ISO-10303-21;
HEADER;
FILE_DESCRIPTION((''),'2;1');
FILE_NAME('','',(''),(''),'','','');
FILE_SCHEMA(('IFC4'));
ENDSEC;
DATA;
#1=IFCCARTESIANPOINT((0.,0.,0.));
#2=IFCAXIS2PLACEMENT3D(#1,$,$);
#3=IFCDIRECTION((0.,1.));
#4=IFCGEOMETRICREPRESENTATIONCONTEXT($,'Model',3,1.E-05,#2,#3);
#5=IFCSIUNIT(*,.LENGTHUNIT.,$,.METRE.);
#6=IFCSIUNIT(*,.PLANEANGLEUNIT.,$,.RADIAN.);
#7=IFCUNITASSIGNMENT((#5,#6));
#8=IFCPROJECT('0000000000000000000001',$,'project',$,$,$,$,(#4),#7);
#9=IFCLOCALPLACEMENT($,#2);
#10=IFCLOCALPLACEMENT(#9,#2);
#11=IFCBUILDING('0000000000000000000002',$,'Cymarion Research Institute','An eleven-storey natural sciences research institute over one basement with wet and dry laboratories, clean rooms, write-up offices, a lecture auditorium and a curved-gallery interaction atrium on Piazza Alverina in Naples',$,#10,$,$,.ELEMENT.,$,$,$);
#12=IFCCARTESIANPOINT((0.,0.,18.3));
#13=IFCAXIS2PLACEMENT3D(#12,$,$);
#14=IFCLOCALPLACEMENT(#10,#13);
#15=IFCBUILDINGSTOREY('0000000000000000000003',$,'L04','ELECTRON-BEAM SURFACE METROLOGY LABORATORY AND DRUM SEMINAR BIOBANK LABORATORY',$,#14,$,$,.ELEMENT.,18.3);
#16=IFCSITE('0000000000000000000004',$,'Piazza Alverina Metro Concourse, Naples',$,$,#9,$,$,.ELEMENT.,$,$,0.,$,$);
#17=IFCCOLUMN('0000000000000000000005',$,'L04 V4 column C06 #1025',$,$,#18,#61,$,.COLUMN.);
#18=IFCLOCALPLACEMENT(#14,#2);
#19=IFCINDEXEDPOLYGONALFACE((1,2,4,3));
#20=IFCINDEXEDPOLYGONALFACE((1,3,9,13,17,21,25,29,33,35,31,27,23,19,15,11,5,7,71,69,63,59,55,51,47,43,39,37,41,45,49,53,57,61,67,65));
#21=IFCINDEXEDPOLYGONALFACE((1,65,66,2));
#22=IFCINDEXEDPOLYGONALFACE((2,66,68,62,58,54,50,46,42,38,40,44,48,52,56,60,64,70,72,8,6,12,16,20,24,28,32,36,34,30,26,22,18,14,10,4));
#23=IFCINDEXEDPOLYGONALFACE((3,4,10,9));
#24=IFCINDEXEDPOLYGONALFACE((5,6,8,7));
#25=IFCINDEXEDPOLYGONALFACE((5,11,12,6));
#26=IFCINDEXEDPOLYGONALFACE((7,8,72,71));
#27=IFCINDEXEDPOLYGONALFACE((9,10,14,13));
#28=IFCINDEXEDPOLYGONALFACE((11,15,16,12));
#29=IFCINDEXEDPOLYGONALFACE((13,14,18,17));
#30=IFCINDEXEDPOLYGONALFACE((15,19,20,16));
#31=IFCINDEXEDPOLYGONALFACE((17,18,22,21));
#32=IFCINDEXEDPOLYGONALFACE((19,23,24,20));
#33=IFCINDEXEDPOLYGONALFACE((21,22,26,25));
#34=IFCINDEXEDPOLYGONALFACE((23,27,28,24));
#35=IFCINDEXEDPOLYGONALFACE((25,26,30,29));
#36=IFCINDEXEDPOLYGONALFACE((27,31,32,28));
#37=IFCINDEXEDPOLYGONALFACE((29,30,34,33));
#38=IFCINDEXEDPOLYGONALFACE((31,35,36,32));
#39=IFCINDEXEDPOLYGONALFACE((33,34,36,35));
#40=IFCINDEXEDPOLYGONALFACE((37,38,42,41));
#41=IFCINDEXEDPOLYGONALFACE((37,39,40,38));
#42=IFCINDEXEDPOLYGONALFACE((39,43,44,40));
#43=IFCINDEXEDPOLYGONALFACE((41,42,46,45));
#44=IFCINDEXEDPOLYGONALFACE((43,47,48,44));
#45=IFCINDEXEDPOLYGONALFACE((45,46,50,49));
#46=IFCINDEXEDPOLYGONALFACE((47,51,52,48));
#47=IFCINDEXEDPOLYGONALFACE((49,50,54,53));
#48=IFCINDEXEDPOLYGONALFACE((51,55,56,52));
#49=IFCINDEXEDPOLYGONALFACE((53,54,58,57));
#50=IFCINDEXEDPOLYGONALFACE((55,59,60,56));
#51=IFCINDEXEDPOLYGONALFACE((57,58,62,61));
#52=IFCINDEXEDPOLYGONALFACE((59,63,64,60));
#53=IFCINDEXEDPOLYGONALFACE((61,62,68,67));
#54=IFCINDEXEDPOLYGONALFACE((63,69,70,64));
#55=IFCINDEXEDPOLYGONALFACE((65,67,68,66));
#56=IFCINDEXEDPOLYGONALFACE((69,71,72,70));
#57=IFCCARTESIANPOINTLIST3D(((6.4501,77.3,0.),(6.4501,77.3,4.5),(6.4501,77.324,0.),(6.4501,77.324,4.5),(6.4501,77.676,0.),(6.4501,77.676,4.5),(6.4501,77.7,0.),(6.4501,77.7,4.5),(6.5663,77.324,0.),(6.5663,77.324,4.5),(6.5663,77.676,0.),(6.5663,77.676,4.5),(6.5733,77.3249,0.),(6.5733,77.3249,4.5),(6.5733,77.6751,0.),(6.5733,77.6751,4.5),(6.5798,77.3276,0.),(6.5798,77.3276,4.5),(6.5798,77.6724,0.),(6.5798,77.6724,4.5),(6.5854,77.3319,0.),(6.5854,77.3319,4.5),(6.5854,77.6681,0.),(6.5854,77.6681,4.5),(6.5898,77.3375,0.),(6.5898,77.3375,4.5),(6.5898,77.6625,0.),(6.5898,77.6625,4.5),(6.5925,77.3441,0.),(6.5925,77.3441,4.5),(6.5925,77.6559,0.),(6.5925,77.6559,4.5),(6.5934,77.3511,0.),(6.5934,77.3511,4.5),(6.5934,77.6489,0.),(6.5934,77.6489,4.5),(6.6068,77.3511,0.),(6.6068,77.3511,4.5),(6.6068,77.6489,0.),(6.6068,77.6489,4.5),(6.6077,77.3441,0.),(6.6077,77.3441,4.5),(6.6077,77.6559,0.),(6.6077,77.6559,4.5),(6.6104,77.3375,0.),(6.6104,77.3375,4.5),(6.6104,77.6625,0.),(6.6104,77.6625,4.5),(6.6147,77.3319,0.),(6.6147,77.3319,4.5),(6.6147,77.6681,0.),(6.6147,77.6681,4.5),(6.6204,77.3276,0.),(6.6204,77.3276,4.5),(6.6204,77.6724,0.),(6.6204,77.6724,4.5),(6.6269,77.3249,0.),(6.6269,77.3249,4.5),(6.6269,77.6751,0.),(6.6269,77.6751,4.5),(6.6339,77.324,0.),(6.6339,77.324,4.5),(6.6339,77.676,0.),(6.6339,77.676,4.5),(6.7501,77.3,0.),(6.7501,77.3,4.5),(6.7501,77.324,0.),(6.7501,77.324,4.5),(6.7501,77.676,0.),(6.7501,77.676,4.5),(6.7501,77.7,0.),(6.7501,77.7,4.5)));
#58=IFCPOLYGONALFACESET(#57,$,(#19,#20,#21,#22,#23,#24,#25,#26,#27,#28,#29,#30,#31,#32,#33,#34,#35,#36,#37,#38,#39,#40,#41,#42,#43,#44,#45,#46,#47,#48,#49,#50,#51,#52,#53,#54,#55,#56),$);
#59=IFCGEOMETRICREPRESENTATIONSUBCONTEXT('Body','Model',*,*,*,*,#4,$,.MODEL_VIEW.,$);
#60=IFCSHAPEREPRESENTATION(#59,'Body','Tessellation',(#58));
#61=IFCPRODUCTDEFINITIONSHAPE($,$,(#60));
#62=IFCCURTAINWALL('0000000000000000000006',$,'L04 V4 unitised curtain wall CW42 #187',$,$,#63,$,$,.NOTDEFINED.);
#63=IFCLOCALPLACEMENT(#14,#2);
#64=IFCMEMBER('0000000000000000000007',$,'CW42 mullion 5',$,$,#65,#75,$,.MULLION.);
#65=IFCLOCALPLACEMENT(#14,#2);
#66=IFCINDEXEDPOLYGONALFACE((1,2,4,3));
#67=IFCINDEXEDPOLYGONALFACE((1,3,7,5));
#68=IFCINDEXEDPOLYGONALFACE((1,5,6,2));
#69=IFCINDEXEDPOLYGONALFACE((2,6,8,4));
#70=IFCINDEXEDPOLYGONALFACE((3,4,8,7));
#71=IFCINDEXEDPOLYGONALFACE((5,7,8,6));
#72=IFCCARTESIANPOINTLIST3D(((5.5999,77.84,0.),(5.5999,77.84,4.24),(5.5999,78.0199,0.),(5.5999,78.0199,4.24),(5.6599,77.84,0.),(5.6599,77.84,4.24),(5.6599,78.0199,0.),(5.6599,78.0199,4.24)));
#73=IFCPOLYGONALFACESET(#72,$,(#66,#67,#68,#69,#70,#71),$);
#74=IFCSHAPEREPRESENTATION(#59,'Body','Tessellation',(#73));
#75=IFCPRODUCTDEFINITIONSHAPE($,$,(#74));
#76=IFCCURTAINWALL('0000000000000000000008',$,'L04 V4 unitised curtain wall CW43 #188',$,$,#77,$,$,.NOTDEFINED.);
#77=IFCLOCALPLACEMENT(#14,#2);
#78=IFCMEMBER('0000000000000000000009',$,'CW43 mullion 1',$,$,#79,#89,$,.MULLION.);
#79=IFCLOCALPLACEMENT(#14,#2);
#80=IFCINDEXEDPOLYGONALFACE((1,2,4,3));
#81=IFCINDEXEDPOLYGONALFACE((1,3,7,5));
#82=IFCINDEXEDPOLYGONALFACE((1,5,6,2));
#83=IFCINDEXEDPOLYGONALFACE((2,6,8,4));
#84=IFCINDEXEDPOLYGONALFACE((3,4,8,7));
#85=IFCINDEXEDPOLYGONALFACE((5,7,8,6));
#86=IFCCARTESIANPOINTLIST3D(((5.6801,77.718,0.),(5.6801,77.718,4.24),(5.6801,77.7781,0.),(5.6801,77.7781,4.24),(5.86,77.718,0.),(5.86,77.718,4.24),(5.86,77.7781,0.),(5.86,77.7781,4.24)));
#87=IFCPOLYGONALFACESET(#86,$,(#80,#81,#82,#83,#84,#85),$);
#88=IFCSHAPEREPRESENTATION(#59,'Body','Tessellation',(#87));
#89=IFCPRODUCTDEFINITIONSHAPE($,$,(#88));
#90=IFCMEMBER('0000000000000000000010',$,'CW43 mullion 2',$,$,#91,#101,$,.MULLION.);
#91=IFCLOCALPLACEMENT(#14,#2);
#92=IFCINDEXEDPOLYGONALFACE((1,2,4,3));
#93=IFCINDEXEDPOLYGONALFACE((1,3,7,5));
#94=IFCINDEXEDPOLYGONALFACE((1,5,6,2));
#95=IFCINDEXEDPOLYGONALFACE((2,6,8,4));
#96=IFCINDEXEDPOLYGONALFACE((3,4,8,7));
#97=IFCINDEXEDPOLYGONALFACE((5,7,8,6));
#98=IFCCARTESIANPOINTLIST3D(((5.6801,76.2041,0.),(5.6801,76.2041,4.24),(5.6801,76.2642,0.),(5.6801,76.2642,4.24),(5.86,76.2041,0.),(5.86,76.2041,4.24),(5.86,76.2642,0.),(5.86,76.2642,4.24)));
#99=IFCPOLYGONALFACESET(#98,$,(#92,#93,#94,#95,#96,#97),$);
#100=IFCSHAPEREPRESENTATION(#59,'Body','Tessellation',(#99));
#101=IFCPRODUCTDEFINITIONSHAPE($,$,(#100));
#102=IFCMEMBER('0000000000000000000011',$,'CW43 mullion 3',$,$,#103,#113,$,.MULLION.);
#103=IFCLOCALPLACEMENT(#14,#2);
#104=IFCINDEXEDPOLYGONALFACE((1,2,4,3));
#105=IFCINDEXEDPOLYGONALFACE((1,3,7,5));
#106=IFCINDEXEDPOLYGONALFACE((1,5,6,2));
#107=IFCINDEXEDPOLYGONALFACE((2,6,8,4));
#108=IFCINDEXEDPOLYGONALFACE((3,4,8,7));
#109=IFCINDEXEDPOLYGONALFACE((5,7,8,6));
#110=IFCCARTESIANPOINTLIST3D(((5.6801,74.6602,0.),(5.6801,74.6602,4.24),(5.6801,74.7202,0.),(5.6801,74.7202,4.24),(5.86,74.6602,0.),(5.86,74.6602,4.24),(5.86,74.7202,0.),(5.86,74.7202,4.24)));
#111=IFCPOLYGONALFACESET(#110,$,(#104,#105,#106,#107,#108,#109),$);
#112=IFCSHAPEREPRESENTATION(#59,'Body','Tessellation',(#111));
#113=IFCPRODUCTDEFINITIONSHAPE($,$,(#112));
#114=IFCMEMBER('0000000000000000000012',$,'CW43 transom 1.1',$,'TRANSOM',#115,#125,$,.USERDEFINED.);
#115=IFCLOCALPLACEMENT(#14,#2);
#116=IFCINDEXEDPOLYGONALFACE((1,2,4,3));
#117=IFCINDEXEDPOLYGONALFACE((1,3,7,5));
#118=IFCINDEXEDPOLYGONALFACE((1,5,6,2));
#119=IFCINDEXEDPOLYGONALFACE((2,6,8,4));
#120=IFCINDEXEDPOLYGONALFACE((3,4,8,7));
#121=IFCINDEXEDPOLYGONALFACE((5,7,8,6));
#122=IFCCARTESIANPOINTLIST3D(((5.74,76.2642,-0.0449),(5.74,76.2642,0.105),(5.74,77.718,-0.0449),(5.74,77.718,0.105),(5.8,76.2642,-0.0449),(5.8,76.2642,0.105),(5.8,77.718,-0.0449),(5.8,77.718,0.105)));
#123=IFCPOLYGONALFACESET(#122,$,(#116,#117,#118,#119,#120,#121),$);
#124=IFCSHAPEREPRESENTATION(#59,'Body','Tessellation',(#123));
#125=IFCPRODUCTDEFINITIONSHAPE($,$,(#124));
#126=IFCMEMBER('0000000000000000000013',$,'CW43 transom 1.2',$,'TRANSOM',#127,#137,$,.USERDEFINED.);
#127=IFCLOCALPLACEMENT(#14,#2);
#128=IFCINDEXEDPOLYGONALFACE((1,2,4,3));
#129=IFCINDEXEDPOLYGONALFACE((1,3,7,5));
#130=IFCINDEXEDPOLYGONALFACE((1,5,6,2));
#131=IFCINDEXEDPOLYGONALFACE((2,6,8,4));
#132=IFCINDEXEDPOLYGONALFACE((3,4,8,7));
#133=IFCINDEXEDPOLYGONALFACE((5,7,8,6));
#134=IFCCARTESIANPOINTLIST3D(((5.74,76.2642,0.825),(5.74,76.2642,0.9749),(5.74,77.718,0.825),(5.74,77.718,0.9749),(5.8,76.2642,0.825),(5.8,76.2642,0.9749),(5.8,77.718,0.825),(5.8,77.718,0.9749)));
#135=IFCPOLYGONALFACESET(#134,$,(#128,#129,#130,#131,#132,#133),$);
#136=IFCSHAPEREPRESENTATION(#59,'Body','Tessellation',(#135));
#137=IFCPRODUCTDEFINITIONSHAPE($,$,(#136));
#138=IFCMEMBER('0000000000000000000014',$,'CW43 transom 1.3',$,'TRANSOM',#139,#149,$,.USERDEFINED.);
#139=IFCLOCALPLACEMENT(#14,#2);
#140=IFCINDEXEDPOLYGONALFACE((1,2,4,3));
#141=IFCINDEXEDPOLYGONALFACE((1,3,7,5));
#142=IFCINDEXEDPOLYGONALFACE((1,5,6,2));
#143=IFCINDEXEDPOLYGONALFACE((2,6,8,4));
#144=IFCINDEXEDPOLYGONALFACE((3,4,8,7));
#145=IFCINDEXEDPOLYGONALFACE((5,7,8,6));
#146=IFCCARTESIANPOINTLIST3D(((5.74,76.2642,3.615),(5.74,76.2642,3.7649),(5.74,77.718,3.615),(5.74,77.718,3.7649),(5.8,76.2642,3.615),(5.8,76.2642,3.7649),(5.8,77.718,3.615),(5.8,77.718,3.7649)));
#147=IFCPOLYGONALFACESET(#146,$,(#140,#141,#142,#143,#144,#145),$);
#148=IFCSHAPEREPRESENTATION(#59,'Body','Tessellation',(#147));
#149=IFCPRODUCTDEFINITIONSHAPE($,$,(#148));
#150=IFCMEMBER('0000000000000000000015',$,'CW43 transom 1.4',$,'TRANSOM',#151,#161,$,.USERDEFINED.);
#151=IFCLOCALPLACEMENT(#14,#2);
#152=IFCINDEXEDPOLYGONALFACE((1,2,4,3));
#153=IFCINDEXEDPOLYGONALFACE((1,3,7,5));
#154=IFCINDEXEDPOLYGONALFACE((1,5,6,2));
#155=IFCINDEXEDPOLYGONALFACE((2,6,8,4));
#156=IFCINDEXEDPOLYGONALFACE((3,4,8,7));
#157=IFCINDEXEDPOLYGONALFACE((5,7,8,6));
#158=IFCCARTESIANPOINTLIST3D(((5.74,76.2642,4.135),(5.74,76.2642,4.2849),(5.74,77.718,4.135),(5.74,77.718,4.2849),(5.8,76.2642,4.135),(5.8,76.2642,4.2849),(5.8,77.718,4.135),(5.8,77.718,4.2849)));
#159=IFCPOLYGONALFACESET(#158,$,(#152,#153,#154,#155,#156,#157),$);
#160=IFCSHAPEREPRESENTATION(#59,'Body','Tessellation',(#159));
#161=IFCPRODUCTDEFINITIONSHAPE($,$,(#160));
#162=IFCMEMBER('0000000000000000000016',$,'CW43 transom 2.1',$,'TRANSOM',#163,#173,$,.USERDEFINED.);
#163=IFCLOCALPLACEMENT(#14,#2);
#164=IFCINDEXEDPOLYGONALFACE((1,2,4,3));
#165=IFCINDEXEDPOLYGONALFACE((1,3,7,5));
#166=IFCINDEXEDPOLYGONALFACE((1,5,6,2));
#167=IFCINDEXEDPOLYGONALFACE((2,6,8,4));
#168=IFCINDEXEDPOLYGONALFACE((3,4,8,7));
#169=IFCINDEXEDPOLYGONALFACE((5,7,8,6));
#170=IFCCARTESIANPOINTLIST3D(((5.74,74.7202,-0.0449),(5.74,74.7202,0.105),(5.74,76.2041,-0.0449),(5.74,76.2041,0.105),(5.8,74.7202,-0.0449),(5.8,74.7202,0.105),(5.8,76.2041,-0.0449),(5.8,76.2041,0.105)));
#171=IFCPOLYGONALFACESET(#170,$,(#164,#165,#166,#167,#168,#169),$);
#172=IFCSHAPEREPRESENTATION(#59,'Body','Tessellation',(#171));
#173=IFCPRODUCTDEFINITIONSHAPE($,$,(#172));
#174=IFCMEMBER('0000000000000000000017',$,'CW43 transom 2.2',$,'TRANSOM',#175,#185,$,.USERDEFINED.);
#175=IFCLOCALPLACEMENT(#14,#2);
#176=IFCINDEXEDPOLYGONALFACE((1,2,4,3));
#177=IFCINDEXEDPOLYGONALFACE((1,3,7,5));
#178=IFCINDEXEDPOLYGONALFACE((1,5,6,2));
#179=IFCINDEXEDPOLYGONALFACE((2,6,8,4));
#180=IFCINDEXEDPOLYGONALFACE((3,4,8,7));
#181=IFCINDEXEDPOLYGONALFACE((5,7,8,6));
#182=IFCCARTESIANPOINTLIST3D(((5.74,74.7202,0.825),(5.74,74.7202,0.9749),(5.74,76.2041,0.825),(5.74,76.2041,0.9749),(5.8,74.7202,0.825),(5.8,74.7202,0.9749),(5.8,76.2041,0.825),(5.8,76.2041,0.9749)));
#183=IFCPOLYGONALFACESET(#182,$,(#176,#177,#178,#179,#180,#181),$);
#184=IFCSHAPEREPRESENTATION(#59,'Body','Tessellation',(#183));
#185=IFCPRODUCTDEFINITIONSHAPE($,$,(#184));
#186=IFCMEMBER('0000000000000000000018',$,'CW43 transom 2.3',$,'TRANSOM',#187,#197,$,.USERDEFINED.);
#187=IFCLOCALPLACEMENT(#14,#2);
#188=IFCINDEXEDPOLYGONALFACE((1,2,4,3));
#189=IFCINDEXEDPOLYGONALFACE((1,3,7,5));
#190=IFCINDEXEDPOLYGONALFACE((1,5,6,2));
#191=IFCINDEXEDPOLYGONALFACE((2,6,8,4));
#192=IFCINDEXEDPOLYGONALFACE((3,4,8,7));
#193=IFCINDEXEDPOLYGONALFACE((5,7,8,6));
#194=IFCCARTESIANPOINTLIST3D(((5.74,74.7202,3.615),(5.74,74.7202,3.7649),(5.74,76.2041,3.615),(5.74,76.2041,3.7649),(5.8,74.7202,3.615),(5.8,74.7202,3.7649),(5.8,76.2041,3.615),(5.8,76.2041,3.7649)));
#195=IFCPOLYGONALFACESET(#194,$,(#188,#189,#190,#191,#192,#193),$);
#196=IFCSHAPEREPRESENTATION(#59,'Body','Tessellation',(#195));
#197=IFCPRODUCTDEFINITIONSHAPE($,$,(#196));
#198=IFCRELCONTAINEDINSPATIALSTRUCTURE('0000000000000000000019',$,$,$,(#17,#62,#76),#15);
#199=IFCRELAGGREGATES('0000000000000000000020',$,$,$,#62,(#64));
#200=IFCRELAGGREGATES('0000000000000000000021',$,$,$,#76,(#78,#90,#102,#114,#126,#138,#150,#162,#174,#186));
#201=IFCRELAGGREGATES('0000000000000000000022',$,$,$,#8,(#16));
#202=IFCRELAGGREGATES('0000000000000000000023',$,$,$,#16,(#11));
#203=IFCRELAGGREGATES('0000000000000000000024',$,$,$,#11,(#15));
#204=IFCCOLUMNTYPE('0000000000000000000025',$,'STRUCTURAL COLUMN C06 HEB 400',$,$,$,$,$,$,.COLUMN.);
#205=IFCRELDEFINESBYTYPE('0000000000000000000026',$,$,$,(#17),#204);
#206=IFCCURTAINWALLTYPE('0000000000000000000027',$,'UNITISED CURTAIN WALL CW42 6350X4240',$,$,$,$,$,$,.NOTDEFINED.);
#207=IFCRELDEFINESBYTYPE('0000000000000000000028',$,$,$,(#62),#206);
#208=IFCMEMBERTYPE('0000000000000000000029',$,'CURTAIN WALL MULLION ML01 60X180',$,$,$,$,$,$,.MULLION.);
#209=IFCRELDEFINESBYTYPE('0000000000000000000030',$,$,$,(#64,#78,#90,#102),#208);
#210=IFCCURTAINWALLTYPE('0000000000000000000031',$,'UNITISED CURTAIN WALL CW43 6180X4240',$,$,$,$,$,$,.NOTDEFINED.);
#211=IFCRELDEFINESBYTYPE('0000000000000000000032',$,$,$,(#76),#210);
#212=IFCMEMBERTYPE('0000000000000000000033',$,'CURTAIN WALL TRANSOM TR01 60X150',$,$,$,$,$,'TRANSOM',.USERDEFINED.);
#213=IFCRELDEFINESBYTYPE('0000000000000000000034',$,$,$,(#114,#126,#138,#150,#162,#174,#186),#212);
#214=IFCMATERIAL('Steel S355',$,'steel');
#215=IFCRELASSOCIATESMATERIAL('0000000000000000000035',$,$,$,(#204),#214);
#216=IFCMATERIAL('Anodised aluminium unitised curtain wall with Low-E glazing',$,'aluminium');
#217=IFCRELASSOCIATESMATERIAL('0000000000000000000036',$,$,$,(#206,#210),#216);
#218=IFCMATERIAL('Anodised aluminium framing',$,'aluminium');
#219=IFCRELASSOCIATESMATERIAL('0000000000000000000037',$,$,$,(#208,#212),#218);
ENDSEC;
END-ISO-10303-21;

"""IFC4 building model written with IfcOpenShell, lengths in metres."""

from ifc_helpers import new_model, si_unit, direction, frame, origin, origin_2d, place, context, subcontext, project, spatial, rectangle, i_section, extrude, material, material_profile, profile_set, type_object, element, aggregate, save


model = new_model("IFC4")

# Units and contexts
model_context = context("Model", 3, precision=1e-05, world=origin(), true_north=direction((0.0, 1.0)))
body_context = subcontext(model_context, "Body", "Model", "MODEL_VIEW")
ifc_project = project(units=[si_unit("LENGTHUNIT", "METRE"), si_unit("PLANEANGLEUNIT", "RADIAN")], contexts=[model_context])

# Site, building, storey
site_placement = place(None, origin())
site = spatial("IfcSite", under=ifc_project, at=site_placement, Name="Piazza Alverina Metro Concourse, Naples", CompositionType="ELEMENT", RefElevation=0.0)
building_placement = place(site_placement, origin())
building = spatial("IfcBuilding", under=site, at=building_placement, Name="Cymarion Research Institute", Description="An eleven-storey natural sciences research institute over one basement with wet and dry laboratories, clean rooms, write-up offices, a lecture auditorium and a curved-gallery interaction atrium on Piazza Alverina in Naples", CompositionType="ELEMENT")
storey_placement = place(building_placement, frame((0.0, 0.0, 18.3)))
storey = spatial("IfcBuildingStorey", under=building, at=storey_placement, Name="L04", Description="ELECTRON-BEAM SURFACE METROLOGY LABORATORY AND DRUM SEMINAR BIOBANK LABORATORY", CompositionType="ELEMENT", Elevation=18.3)

# Column
ifc_material_1 = material(Name="Steel S355", Category="steel")
ifc_material_profile_1 = material_profile(ifc_material_1, i_section(OverallWidth=0.3, OverallDepth=0.3999, WebThickness=0.0134, FlangeThickness=0.0239, FilletRadius=0.0271, at=origin_2d()), Name="HEB 400")
ifc_profile_set_1 = profile_set([ifc_material_profile_1], Name="Steel S355")
column_type = type_object("IfcColumnType", Name="STRUCTURAL COLUMN C06 HEB 400", PredefinedType="COLUMN", material=ifc_profile_set_1)
column_placement = place(storey_placement, frame((6.6001, 77.5, 0.0), z_axis=(0.0, 0.0, 1.0), x_axis=(1.0, 0.0, 0.0)))
element("IfcColumn", 1, at=column_placement, inside=storey, type_object=column_type, Name="L04 V4 column C06 #1025", PredefinedType="COLUMN", context=body_context, shape_type="SweptSolid", body=[
    extrude(i_section(OverallWidth=0.3, OverallDepth=0.3999, WebThickness=0.0134, FlangeThickness=0.0239, FilletRadius=0.0271, at=origin_2d()), origin(), (0.0, 0.0, 1.0), 4.5),
])

# Curtain wall, member
ifc_material_2 = material(Name="Anodised aluminium unitised curtain wall with Low-E glazing", Category="aluminium")
curtain_wall_type_1 = type_object("IfcCurtainWallType", Name="UNITISED CURTAIN WALL CW42 6350X4240", PredefinedType="NOTDEFINED", material=ifc_material_2)
curtain_wall_1_placement = place(storey_placement, origin())
curtain_wall_1 = element("IfcCurtainWall", 2, at=curtain_wall_1_placement, inside=storey, type_object=curtain_wall_type_1, Name="L04 V4 unitised curtain wall CW42 #187", PredefinedType="NOTDEFINED")
ifc_material_3 = material(Name="Anodised aluminium framing", Category="aluminium")
ifc_material_profile_2 = material_profile(ifc_material_3, rectangle(XDim=0.0601, YDim=0.1799, at=origin_2d()), Name="ALU MULLION 60x180")
ifc_profile_set_2 = profile_set([ifc_material_profile_2], Name="Anodised aluminium framing")
member_type_1 = type_object("IfcMemberType", Name="CURTAIN WALL MULLION ML01 60X180", PredefinedType="MULLION", material=ifc_profile_set_2)
member_1_placement = place(storey_placement, frame((5.6299, 77.9299, 0.0), z_axis=(0.0, 0.0, 1.0), x_axis=(-1.0, 0.0, 0.0)))
member_1 = element("IfcMember", 3, at=member_1_placement, type_object=member_type_1, Name="CW42 mullion 5", PredefinedType="MULLION", context=body_context, shape_type="SweptSolid", body=[
    extrude(rectangle(XDim=0.0601, YDim=0.1799, at=origin_2d()), origin(), (0.0, 0.0, 1.0), 4.24),
])

# Curtain wall, members
curtain_wall_type_2 = type_object("IfcCurtainWallType", Name="UNITISED CURTAIN WALL CW43 6180X4240", PredefinedType="NOTDEFINED", material=ifc_material_2)
curtain_wall_2_placement = place(storey_placement, origin())
curtain_wall_2 = element("IfcCurtainWall", 4, at=curtain_wall_2_placement, inside=storey, type_object=curtain_wall_type_2, Name="L04 V4 unitised curtain wall CW43 #188", PredefinedType="NOTDEFINED")
member_2_placement = place(storey_placement, frame((5.77, 77.748, 0.0), z_axis=(0.0, 0.0, 1.0), x_axis=(0.0, -1.0, 0.0)))
member_2 = element("IfcMember", 5, at=member_2_placement, type_object=member_type_1, Name="CW43 mullion 1", PredefinedType="MULLION", context=body_context, shape_type="SweptSolid", body=[
    extrude(rectangle(XDim=0.0601, YDim=0.1799, at=origin_2d()), origin(), (0.0, 0.0, 1.0), 4.24),
])
member_3_placement = place(storey_placement, frame((5.77, 76.2341, 0.0), z_axis=(0.0, 0.0, 1.0), x_axis=(0.0, -1.0, 0.0)))
member_3 = element("IfcMember", 6, at=member_3_placement, type_object=member_type_1, Name="CW43 mullion 2", PredefinedType="MULLION", context=body_context, shape_type="SweptSolid", body=[
    extrude(rectangle(XDim=0.0601, YDim=0.1799, at=origin_2d()), origin(), (0.0, 0.0, 1.0), 4.24),
])
member_4_placement = place(storey_placement, frame((5.77, 74.6902, 0.0), z_axis=(0.0, 0.0, 1.0), x_axis=(0.0, -1.0, 0.0)))
member_4 = element("IfcMember", 7, at=member_4_placement, type_object=member_type_1, Name="CW43 mullion 3", PredefinedType="MULLION", context=body_context, shape_type="SweptSolid", body=[
    extrude(rectangle(XDim=0.0601, YDim=0.1799, at=origin_2d()), origin(), (0.0, 0.0, 1.0), 4.24),
])
ifc_material_profile_3 = material_profile(ifc_material_3, rectangle(XDim=0.0601, YDim=0.1499, at=origin_2d()), Name="ALU TRANSOM 60x150")
ifc_profile_set_3 = profile_set([ifc_material_profile_3], Name="Anodised aluminium framing")
member_type_2 = type_object("IfcMemberType", Name="CURTAIN WALL TRANSOM TR01 60X150", ElementType="TRANSOM", PredefinedType="USERDEFINED", material=ifc_profile_set_3)
member_5_placement = place(storey_placement, frame((5.77, 77.718, 0.03), z_axis=(0.0, -1.0, 0.0), x_axis=(1.0, 0.0, 0.0)))
member_5 = element("IfcMember", 8, at=member_5_placement, type_object=member_type_2, Name="CW43 transom 1.1", ObjectType="TRANSOM", PredefinedType="USERDEFINED", context=body_context, shape_type="SweptSolid", body=[
    extrude(rectangle(XDim=0.0601, YDim=0.1499, at=origin_2d()), origin(), (0.0, 0.0, 1.0), 1.4539),
])
member_6_placement = place(storey_placement, frame((5.77, 77.718, 0.8999), z_axis=(0.0, -1.0, 0.0), x_axis=(1.0, 0.0, 0.0)))
member_6 = element("IfcMember", 9, at=member_6_placement, type_object=member_type_2, Name="CW43 transom 1.2", ObjectType="TRANSOM", PredefinedType="USERDEFINED", context=body_context, shape_type="SweptSolid", body=[
    extrude(rectangle(XDim=0.0601, YDim=0.1499, at=origin_2d()), origin(), (0.0, 0.0, 1.0), 1.4539),
])
member_7_placement = place(storey_placement, frame((5.77, 77.718, 3.6899), z_axis=(0.0, -1.0, 0.0), x_axis=(1.0, 0.0, 0.0)))
member_7 = element("IfcMember", 10, at=member_7_placement, type_object=member_type_2, Name="CW43 transom 1.3", ObjectType="TRANSOM", PredefinedType="USERDEFINED", context=body_context, shape_type="SweptSolid", body=[
    extrude(rectangle(XDim=0.0601, YDim=0.1499, at=origin_2d()), origin(), (0.0, 0.0, 1.0), 1.4539),
])
member_8_placement = place(storey_placement, frame((5.77, 77.718, 4.21), z_axis=(0.0, -1.0, 0.0), x_axis=(1.0, 0.0, 0.0)))
member_8 = element("IfcMember", 11, at=member_8_placement, type_object=member_type_2, Name="CW43 transom 1.4", ObjectType="TRANSOM", PredefinedType="USERDEFINED", context=body_context, shape_type="SweptSolid", body=[
    extrude(rectangle(XDim=0.0601, YDim=0.1499, at=origin_2d()), origin(), (0.0, 0.0, 1.0), 1.4539),
])
member_9_placement = place(storey_placement, frame((5.77, 76.2041, 0.03), z_axis=(0.0, -1.0, 0.0), x_axis=(1.0, 0.0, 0.0)))
member_9 = element("IfcMember", 12, at=member_9_placement, type_object=member_type_2, Name="CW43 transom 2.1", ObjectType="TRANSOM", PredefinedType="USERDEFINED", context=body_context, shape_type="SweptSolid", body=[
    extrude(rectangle(XDim=0.0601, YDim=0.1499, at=origin_2d()), origin(), (0.0, 0.0, 1.0), 1.4839),
])
member_10_placement = place(storey_placement, frame((5.77, 76.2041, 0.8999), z_axis=(0.0, -1.0, 0.0), x_axis=(1.0, 0.0, 0.0)))
member_10 = element("IfcMember", 13, at=member_10_placement, type_object=member_type_2, Name="CW43 transom 2.2", ObjectType="TRANSOM", PredefinedType="USERDEFINED", context=body_context, shape_type="SweptSolid", body=[
    extrude(rectangle(XDim=0.0601, YDim=0.1499, at=origin_2d()), origin(), (0.0, 0.0, 1.0), 1.4839),
])
member_11_placement = place(storey_placement, frame((5.77, 76.2041, 3.6899), z_axis=(0.0, -1.0, 0.0), x_axis=(1.0, 0.0, 0.0)))
member_11 = element("IfcMember", 14, at=member_11_placement, type_object=member_type_2, Name="CW43 transom 2.3", ObjectType="TRANSOM", PredefinedType="USERDEFINED", context=body_context, shape_type="SweptSolid", body=[
    extrude(rectangle(XDim=0.0601, YDim=0.1499, at=origin_2d()), origin(), (0.0, 0.0, 1.0), 1.4839),
])

aggregate(curtain_wall_1, [member_1])
aggregate(curtain_wall_2, [member_2, member_3, member_4, member_5, member_6, member_7, member_8, member_9, member_10, member_11])

save(model, "model.ifc")
